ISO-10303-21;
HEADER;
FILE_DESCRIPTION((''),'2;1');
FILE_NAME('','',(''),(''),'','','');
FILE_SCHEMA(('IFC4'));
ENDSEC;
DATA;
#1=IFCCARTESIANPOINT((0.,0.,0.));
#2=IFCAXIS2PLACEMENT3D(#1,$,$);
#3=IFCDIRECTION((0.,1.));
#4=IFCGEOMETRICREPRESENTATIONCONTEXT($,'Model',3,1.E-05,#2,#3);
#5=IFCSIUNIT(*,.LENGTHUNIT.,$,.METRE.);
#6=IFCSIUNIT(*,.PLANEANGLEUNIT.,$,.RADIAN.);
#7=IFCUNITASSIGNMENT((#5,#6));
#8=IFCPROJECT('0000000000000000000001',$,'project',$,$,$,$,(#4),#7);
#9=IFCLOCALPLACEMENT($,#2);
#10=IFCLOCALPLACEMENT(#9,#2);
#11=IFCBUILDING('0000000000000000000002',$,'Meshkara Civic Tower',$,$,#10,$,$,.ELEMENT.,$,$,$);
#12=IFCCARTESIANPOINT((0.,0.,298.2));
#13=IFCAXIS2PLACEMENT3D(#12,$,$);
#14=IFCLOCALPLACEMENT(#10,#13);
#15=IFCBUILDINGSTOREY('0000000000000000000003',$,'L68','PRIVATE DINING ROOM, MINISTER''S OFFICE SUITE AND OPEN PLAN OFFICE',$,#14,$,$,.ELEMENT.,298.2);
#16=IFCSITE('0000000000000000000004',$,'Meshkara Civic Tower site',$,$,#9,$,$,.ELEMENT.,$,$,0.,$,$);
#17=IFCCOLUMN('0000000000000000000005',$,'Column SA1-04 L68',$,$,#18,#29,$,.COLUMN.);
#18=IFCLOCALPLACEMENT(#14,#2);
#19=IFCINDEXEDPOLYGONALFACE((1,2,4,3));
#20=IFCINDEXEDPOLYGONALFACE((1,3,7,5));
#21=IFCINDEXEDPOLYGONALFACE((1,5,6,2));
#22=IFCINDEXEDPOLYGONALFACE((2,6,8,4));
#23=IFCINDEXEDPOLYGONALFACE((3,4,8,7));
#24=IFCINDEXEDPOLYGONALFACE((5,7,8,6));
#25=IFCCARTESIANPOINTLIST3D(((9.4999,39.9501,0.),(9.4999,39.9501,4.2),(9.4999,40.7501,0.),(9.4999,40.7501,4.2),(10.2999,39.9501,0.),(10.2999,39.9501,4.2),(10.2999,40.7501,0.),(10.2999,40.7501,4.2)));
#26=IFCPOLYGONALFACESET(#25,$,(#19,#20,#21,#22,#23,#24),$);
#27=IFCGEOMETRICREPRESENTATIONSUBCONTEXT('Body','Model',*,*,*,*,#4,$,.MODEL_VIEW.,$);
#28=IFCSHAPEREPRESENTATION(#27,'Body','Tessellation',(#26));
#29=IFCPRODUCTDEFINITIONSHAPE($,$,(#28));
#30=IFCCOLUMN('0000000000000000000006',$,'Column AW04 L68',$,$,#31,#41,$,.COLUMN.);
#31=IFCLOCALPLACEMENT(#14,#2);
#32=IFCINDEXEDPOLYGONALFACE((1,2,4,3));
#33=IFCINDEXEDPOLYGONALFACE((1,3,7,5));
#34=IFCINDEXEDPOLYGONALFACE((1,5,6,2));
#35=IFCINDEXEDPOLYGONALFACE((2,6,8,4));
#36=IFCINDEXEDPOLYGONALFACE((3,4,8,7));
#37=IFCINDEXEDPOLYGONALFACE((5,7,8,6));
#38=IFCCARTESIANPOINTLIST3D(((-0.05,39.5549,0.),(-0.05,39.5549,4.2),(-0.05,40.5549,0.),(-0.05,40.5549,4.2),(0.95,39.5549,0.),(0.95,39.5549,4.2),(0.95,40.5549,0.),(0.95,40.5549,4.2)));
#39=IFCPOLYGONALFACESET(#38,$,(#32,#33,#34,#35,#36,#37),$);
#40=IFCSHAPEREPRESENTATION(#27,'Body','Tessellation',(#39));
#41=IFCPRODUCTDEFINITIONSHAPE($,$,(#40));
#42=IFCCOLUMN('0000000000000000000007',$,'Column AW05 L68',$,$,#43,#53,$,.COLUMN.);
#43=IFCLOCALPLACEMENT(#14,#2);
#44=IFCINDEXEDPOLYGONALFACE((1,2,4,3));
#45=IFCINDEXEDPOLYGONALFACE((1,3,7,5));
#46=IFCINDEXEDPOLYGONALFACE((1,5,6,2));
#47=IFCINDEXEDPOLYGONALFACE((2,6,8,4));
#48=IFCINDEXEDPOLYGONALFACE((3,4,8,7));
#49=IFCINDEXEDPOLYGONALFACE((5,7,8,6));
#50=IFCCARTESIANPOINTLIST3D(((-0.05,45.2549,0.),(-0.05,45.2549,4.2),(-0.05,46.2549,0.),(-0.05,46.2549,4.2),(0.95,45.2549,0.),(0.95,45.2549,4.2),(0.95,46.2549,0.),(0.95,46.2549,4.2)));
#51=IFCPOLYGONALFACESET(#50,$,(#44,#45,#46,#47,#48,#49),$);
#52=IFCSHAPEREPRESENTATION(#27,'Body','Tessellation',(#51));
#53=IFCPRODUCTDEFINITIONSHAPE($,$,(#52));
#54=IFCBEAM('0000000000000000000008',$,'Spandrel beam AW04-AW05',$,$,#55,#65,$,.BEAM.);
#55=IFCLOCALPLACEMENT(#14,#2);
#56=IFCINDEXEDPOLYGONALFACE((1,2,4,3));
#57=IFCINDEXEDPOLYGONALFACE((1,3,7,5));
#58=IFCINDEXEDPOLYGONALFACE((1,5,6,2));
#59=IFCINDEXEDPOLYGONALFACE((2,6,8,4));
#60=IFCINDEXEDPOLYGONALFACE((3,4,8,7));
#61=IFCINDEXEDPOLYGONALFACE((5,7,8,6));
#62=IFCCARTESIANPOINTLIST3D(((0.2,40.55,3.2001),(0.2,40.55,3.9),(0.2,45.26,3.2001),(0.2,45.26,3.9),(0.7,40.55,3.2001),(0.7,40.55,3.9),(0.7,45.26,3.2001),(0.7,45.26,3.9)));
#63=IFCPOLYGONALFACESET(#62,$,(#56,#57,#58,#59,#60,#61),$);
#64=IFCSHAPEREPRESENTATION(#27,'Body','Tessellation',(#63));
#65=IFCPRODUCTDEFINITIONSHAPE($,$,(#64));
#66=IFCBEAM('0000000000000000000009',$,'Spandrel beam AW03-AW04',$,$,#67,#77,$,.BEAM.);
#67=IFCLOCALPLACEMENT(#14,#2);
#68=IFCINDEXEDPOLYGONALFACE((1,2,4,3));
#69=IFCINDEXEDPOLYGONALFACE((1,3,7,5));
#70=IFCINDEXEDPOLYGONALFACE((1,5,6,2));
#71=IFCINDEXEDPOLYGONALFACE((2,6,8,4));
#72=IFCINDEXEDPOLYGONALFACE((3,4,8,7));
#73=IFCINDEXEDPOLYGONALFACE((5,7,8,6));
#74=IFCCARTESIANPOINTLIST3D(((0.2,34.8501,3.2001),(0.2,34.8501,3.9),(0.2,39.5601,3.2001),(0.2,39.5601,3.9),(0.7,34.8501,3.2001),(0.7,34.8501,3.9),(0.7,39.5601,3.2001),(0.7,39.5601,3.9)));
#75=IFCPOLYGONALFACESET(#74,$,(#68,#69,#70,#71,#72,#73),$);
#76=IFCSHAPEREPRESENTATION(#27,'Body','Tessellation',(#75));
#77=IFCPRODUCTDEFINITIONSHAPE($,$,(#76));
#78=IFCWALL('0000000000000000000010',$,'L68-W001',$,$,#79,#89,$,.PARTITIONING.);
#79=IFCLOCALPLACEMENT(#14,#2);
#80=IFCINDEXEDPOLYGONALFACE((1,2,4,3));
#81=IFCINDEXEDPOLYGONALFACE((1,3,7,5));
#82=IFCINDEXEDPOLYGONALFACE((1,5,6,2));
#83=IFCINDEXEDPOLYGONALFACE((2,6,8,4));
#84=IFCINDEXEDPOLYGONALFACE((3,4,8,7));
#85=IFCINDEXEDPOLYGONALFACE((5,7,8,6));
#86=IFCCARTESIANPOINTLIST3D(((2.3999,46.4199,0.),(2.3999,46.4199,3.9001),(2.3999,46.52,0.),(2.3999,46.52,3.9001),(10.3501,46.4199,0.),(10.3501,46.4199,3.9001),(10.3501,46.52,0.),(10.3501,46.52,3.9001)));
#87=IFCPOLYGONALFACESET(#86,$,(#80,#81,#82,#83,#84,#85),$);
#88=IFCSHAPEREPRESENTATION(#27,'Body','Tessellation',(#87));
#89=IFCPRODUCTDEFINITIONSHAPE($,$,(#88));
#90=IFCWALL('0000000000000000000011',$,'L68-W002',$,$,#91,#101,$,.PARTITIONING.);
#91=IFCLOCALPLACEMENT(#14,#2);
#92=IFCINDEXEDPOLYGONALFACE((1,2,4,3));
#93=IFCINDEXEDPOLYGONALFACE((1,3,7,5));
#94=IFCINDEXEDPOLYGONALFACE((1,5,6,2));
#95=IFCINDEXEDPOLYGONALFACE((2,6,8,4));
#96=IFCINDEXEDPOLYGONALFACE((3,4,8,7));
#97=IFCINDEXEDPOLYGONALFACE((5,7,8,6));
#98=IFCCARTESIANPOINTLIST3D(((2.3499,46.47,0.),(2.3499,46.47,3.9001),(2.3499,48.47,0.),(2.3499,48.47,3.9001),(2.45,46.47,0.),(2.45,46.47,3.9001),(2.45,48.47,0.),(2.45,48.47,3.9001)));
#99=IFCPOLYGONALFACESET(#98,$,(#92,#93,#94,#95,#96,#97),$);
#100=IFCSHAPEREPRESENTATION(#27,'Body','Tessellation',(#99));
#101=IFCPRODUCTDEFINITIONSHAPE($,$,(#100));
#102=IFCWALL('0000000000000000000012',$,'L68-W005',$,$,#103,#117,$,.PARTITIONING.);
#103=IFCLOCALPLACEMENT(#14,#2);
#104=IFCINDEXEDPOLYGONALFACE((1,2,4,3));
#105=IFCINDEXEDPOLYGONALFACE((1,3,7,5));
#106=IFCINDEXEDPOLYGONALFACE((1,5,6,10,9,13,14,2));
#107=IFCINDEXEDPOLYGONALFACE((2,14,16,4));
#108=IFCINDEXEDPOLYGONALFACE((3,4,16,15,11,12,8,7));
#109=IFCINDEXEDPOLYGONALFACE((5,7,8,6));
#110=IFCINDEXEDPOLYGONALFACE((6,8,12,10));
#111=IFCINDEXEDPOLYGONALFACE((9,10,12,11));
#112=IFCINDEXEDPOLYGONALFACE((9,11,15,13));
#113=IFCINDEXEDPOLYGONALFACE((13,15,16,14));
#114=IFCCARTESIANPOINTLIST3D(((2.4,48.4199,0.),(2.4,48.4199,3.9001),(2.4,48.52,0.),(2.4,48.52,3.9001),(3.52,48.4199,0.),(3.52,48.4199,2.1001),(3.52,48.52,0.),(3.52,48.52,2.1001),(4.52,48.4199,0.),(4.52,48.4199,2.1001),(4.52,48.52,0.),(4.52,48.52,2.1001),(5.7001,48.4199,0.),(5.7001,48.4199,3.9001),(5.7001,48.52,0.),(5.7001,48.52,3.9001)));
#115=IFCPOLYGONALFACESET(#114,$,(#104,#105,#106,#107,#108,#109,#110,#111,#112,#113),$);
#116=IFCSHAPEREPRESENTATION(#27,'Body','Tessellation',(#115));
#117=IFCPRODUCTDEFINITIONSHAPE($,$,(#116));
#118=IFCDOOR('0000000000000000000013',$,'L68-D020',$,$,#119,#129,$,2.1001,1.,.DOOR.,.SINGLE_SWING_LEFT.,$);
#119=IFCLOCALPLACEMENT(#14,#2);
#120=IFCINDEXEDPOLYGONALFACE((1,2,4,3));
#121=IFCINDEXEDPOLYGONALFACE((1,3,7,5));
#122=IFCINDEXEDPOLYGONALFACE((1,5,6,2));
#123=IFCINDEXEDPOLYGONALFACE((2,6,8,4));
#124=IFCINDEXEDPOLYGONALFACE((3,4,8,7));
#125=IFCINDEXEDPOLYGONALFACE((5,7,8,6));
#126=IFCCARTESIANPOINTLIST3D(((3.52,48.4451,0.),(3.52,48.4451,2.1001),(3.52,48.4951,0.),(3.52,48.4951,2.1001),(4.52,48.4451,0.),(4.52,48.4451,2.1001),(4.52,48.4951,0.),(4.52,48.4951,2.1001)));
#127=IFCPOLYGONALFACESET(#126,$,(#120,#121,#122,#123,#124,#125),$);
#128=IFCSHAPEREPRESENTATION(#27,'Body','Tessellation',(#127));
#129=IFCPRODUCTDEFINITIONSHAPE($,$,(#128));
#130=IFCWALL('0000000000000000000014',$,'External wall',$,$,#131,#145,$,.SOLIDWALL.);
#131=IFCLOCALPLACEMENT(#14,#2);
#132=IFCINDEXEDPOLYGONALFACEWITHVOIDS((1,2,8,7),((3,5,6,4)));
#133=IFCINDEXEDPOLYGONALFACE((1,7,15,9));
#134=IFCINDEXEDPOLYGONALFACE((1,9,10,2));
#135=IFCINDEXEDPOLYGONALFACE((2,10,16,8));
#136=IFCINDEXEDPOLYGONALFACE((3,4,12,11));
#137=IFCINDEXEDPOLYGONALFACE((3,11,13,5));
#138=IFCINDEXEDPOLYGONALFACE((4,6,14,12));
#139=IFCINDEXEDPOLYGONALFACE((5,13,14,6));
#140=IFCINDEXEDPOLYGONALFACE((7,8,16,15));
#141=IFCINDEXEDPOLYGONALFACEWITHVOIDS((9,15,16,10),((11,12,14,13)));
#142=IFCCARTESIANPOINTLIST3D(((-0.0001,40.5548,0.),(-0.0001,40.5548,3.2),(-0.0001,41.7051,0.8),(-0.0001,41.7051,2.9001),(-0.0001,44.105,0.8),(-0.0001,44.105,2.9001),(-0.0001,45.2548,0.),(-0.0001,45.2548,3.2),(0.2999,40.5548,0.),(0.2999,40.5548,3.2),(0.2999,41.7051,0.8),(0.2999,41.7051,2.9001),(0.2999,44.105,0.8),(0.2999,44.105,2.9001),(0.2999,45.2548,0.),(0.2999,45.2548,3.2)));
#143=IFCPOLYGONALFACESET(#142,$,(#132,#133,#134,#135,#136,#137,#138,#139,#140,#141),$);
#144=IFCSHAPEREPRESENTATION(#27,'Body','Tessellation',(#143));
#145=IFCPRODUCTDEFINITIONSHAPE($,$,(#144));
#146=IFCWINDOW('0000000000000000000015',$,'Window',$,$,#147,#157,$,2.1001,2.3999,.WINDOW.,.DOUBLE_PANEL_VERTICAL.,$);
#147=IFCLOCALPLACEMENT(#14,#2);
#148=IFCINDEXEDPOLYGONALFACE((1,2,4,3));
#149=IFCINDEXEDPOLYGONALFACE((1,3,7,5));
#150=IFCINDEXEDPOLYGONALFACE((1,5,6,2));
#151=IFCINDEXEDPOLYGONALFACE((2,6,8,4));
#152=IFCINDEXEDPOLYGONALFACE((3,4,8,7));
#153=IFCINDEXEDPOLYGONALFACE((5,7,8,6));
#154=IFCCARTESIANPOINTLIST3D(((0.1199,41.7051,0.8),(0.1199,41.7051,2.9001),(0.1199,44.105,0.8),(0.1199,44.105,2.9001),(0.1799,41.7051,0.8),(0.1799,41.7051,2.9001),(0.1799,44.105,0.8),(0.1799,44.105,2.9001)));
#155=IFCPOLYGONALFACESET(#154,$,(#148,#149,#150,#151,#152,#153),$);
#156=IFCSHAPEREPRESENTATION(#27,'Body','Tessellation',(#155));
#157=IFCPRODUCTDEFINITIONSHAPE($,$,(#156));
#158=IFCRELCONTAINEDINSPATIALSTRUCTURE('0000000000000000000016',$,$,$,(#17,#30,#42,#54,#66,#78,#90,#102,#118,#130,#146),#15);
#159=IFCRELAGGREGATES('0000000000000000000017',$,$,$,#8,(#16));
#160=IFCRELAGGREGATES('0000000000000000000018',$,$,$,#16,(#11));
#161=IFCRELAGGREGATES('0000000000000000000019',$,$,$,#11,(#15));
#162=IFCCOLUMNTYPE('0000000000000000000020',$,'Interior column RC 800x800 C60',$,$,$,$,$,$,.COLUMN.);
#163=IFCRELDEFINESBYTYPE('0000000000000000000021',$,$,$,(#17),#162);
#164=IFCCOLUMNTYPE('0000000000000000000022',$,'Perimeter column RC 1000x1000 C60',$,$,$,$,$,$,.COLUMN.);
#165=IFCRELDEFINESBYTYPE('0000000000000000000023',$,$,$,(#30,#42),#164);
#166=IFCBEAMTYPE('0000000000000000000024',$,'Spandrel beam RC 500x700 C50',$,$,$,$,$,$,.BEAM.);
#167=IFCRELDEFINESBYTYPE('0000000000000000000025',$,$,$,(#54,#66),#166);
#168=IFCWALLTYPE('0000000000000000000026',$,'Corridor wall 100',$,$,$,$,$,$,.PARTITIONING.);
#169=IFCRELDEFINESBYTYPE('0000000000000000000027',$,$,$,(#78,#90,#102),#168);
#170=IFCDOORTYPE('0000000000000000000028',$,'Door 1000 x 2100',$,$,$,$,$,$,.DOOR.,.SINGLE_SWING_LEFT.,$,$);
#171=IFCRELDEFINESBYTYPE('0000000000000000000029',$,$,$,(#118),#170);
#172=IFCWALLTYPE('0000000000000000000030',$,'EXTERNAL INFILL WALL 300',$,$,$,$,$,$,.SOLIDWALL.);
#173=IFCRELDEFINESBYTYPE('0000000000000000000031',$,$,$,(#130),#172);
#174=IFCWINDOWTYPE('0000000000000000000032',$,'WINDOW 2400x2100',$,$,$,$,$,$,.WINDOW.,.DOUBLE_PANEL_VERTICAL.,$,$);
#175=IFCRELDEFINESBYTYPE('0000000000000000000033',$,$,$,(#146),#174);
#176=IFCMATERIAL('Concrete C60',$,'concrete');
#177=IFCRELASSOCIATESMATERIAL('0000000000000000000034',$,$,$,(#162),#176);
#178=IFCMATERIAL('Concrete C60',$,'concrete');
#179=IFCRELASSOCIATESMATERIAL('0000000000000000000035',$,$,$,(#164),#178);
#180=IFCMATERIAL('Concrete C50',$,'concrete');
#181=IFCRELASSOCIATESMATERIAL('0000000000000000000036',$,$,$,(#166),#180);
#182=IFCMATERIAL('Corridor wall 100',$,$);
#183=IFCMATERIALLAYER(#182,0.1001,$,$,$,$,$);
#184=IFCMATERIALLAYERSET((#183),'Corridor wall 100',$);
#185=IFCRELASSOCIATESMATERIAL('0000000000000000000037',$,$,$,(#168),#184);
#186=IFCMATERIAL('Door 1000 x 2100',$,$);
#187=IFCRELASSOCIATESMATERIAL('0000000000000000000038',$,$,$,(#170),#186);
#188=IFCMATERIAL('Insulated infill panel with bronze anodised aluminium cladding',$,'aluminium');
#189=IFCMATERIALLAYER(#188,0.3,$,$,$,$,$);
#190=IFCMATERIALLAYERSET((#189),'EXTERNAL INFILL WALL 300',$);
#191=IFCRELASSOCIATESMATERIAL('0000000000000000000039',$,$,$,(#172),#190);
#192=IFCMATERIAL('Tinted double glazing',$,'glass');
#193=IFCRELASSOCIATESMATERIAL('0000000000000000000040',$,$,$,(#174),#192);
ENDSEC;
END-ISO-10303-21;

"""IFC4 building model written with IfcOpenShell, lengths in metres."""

from ifc_helpers import new_model, si_unit, direction, frame, frame_2d, origin, origin_2d, place, context, subcontext, project, spatial, rectangle, extrude, material, layer, layer_set, material_profile, profile_set, type_object, element, fill, save


model = new_model("IFC4")

# Units and contexts
model_context = context("Model", 3, precision=1e-05, world=origin(), true_north=direction((0.0, 1.0)))
body_context = subcontext(model_context, "Body", "Model", "MODEL_VIEW")
ifc_project = project(units=[si_unit("LENGTHUNIT", "METRE"), si_unit("PLANEANGLEUNIT", "RADIAN")], contexts=[model_context])

# Site, building, storey
site_placement = place(None, origin())
site = spatial("IfcSite", under=ifc_project, at=site_placement, Name="Meshkara Civic Tower site", CompositionType="ELEMENT", RefElevation=0.0)
building_placement = place(site_placement, origin())
building = spatial("IfcBuilding", under=site, at=building_placement, Name="Meshkara Civic Tower", CompositionType="ELEMENT")
storey_placement = place(building_placement, frame((0.0, 0.0, 298.2)))
storey = spatial("IfcBuildingStorey", under=building, at=storey_placement, Name="L68", Description="PRIVATE DINING ROOM, MINISTER'S OFFICE SUITE AND OPEN PLAN OFFICE", CompositionType="ELEMENT", Elevation=298.2)

# Columns
ifc_material_1 = material(Name="Concrete C60", Category="concrete")
ifc_material_profile_1 = material_profile(ifc_material_1, rectangle(XDim=0.8, YDim=0.8, at=origin_2d()))
ifc_profile_set_1 = profile_set([ifc_material_profile_1], Name="Concrete C60")
column_type_1 = type_object("IfcColumnType", Name="Interior column RC 800x800 C60", PredefinedType="COLUMN", material=ifc_profile_set_1)
column_placement = place(storey_placement, frame((9.8999, 40.3501, 0.0), z_axis=(0.0, 0.0, 1.0), x_axis=(1.0, 0.0, 0.0)))
element("IfcColumn", 1, at=column_placement, inside=storey, type_object=column_type_1, Name="Column SA1-04 L68", PredefinedType="COLUMN", context=body_context, shape_type="SweptSolid", body=[
    extrude(rectangle(XDim=0.8, YDim=0.8, at=origin_2d()), origin(), (0.0, 0.0, 1.0), 4.2),
])
ifc_material_2 = material(Name="Concrete C60", Category="concrete")
ifc_material_profile_2 = material_profile(ifc_material_2, rectangle(XDim=1.0, YDim=1.0, at=origin_2d()))
ifc_profile_set_2 = profile_set([ifc_material_profile_2], Name="Concrete C60")
column_type_2 = type_object("IfcColumnType", Name="Perimeter column RC 1000x1000 C60", PredefinedType="COLUMN", material=ifc_profile_set_2)
for number, where, z_axis, x_axis, name in (
    (2, (0.45, 40.0549, 0.0), (0.0, 0.0, 1.0), (1.0, 0.0, 0.0), "Column AW04 L68"),
    (3, (0.45, 45.7549, 0.0), (0.0, 0.0, 1.0), (1.0, 0.0, 0.0), "Column AW05 L68"),
):
    element("IfcColumn", number, at=place(storey_placement, frame(where, z_axis=z_axis, x_axis=x_axis)), inside=storey, type_object=column_type_2, Name=name, PredefinedType="COLUMN", context=body_context, shape_type="SweptSolid", body=[
        extrude(rectangle(XDim=1.0, YDim=1.0, at=origin_2d()), origin(), (0.0, 0.0, 1.0), 4.2),
    ])

# Beams
ifc_material_3 = material(Name="Concrete C50", Category="concrete")
ifc_material_profile_3 = material_profile(ifc_material_3, rectangle(XDim=0.5, YDim=0.7, at=origin_2d()))
ifc_profile_set_3 = profile_set([ifc_material_profile_3], Name="Concrete C50")
beam_type = type_object("IfcBeamType", Name="Spandrel beam RC 500x700 C50", PredefinedType="BEAM", material=ifc_profile_set_3)
for number, where, z_axis, x_axis, name in (
    (4, (0.45, 45.26, 3.55), (0.0, -1.0, 0.0), (1.0, 0.0, 0.0), "Spandrel beam AW04-AW05"),
    (5, (0.45, 39.5601, 3.55), (0.0, -1.0, 0.0), (1.0, 0.0, 0.0), "Spandrel beam AW03-AW04"),
):
    element("IfcBeam", number, at=place(storey_placement, frame(where, z_axis=z_axis, x_axis=x_axis)), inside=storey, type_object=beam_type, Name=name, PredefinedType="BEAM", context=body_context, shape_type="SweptSolid", body=[
        extrude(rectangle(XDim=0.5, YDim=0.7, at=origin_2d()), origin(), (0.0, 0.0, 1.0), 4.71),
    ])

# Walls
ifc_material_4 = material(Name="Corridor wall 100")
ifc_layer_1 = layer(ifc_material_4, 0.1001)
ifc_layer_set_1 = layer_set([ifc_layer_1], Name="Corridor wall 100")
wall_type_1 = type_object("IfcWallType", Name="Corridor wall 100", PredefinedType="PARTITIONING", material=ifc_layer_set_1)
wall_1_placement = place(storey_placement, frame((2.3999, 46.47, 0.0), z_axis=(0.0, 0.0, 1.0), x_axis=(1.0, 0.0, 0.0)))
element("IfcWall", 6, at=wall_1_placement, inside=storey, type_object=wall_type_1, Name="L68-W001", PredefinedType="PARTITIONING", context=body_context, shape_type="SweptSolid", body=[
    extrude(rectangle(XDim=7.9502, YDim=0.1001, at=frame_2d((3.9751, 0.0))), origin(), (0.0, 0.0, 1.0), 3.9001),
])
wall_2_placement = place(storey_placement, frame((2.3999, 48.47, 0.0), z_axis=(0.0, 0.0, 1.0), x_axis=(0.0, -1.0, 0.0)))
element("IfcWall", 7, at=wall_2_placement, inside=storey, type_object=wall_type_1, Name="L68-W002", PredefinedType="PARTITIONING", context=body_context, shape_type="SweptSolid", body=[
    extrude(rectangle(XDim=2.0, YDim=0.1001, at=frame_2d((1.0, 0.0))), origin(), (0.0, 0.0, 1.0), 3.9001),
])

# Wall, opening, door
wall_3_placement = place(storey_placement, frame((5.7, 48.47, 0.0), z_axis=(0.0, 0.0, 1.0), x_axis=(-1.0, 0.0, 0.0)))
wall_3 = element("IfcWall", 8, at=wall_3_placement, inside=storey, type_object=wall_type_1, Name="L68-W005", PredefinedType="PARTITIONING", context=body_context, shape_type="SweptSolid", body=[
    extrude(rectangle(XDim=3.3, YDim=0.1001, at=frame_2d((1.6499, 0.0))), origin(), (0.0, 0.0, 1.0), 3.9001),
])
opening_1_placement = place(wall_3_placement, frame((1.1799, 0.0, 0.0)))
opening_1 = element("IfcOpeningElement", 9, at=opening_1_placement, cuts=wall_3, PredefinedType="OPENING", context=body_context, shape_type="SweptSolid", body=[
    extrude(rectangle(XDim=1.0, YDim=2.1001, at=frame_2d((0.5, 1.05))), frame((0.0, 0.0601, 0.0), z_axis=(0.0, -1.0, 0.0), x_axis=(1.0, 0.0, 0.0)), (0.0, 0.0, 1.0), 0.1201),
])
ifc_material_5 = material(Name="Door 1000 x 2100")
door_type_1 = type_object("IfcDoorType", Name="Door 1000 x 2100", OperationType="SINGLE_SWING_LEFT", PredefinedType="DOOR", material=ifc_material_5)
door_1_placement = place(opening_1_placement, origin())
door_1 = element("IfcDoor", 10, at=door_1_placement, inside=storey, type_object=door_type_1, Name="L68-D020", OperationType="SINGLE_SWING_LEFT", OverallHeight=2.1001, OverallWidth=1.0, PredefinedType="DOOR", context=body_context, shape_type="SweptSolid", body=[
    extrude(rectangle(XDim=1.0, YDim=2.1001, at=frame_2d((0.5, 1.05))), frame((0.0, 0.0249, 0.0), z_axis=(0.0, -1.0, 0.0), x_axis=(1.0, 0.0, 0.0)), (0.0, 0.0, 1.0), 0.05),
])
fill(opening_1, door_1)

# Wall, opening, window
ifc_material_6 = material(Name="Insulated infill panel with bronze anodised aluminium cladding", Category="aluminium")
ifc_layer_2 = layer(ifc_material_6, 0.3)
ifc_layer_set_2 = layer_set([ifc_layer_2], Name="EXTERNAL INFILL WALL 300")
wall_type_2 = type_object("IfcWallType", Name="EXTERNAL INFILL WALL 300", PredefinedType="SOLIDWALL", material=ifc_layer_set_2)
wall_4_placement = place(storey_placement, frame((0.1499, 45.2549, 0.0), z_axis=(0.0, 0.0, 1.0), x_axis=(0.0, -1.0, 0.0)))
wall_4 = element("IfcWall", 11, at=wall_4_placement, inside=storey, type_object=wall_type_2, Name="External wall", PredefinedType="SOLIDWALL", context=body_context, shape_type="SweptSolid", body=[
    extrude(rectangle(XDim=4.7, YDim=0.3, at=frame_2d((2.3501, 0.0))), origin(), (0.0, 0.0, 1.0), 3.2),
])
opening_2_placement = place(wall_4_placement, frame((1.1499, 0.0, 0.8)))
opening_2 = element("IfcOpeningElement", 12, at=opening_2_placement, cuts=wall_4, PredefinedType="OPENING", context=body_context, shape_type="SweptSolid", body=[
    extrude(rectangle(XDim=2.3999, YDim=2.1001, at=frame_2d((1.2, 1.05))), frame((0.0, 0.1599, 0.0), z_axis=(0.0, -1.0, 0.0), x_axis=(1.0, 0.0, 0.0)), (0.0, 0.0, 1.0), 0.3201),
])
ifc_material_7 = material(Name="Tinted double glazing", Category="glass")
window_type = type_object("IfcWindowType", Name="WINDOW 2400x2100", PartitioningType="DOUBLE_PANEL_VERTICAL", PredefinedType="WINDOW", material=ifc_material_7)
window_1_placement = place(opening_2_placement, origin())
window_1 = element("IfcWindow", 13, at=window_1_placement, inside=storey, type_object=window_type, Name="Window", OverallHeight=2.1001, OverallWidth=2.3999, PartitioningType="DOUBLE_PANEL_VERTICAL", PredefinedType="WINDOW", context=body_context, shape_type="SweptSolid", body=[
    extrude(rectangle(XDim=2.3999, YDim=2.1001, at=frame_2d((1.2, 1.05))), frame((0.0, 0.03, 0.0), z_axis=(0.0, -1.0, 0.0), x_axis=(1.0, 0.0, 0.0)), (0.0, 0.0, 1.0), 0.0601),
])
fill(opening_2, window_1)

save(model, "model.ifc")
